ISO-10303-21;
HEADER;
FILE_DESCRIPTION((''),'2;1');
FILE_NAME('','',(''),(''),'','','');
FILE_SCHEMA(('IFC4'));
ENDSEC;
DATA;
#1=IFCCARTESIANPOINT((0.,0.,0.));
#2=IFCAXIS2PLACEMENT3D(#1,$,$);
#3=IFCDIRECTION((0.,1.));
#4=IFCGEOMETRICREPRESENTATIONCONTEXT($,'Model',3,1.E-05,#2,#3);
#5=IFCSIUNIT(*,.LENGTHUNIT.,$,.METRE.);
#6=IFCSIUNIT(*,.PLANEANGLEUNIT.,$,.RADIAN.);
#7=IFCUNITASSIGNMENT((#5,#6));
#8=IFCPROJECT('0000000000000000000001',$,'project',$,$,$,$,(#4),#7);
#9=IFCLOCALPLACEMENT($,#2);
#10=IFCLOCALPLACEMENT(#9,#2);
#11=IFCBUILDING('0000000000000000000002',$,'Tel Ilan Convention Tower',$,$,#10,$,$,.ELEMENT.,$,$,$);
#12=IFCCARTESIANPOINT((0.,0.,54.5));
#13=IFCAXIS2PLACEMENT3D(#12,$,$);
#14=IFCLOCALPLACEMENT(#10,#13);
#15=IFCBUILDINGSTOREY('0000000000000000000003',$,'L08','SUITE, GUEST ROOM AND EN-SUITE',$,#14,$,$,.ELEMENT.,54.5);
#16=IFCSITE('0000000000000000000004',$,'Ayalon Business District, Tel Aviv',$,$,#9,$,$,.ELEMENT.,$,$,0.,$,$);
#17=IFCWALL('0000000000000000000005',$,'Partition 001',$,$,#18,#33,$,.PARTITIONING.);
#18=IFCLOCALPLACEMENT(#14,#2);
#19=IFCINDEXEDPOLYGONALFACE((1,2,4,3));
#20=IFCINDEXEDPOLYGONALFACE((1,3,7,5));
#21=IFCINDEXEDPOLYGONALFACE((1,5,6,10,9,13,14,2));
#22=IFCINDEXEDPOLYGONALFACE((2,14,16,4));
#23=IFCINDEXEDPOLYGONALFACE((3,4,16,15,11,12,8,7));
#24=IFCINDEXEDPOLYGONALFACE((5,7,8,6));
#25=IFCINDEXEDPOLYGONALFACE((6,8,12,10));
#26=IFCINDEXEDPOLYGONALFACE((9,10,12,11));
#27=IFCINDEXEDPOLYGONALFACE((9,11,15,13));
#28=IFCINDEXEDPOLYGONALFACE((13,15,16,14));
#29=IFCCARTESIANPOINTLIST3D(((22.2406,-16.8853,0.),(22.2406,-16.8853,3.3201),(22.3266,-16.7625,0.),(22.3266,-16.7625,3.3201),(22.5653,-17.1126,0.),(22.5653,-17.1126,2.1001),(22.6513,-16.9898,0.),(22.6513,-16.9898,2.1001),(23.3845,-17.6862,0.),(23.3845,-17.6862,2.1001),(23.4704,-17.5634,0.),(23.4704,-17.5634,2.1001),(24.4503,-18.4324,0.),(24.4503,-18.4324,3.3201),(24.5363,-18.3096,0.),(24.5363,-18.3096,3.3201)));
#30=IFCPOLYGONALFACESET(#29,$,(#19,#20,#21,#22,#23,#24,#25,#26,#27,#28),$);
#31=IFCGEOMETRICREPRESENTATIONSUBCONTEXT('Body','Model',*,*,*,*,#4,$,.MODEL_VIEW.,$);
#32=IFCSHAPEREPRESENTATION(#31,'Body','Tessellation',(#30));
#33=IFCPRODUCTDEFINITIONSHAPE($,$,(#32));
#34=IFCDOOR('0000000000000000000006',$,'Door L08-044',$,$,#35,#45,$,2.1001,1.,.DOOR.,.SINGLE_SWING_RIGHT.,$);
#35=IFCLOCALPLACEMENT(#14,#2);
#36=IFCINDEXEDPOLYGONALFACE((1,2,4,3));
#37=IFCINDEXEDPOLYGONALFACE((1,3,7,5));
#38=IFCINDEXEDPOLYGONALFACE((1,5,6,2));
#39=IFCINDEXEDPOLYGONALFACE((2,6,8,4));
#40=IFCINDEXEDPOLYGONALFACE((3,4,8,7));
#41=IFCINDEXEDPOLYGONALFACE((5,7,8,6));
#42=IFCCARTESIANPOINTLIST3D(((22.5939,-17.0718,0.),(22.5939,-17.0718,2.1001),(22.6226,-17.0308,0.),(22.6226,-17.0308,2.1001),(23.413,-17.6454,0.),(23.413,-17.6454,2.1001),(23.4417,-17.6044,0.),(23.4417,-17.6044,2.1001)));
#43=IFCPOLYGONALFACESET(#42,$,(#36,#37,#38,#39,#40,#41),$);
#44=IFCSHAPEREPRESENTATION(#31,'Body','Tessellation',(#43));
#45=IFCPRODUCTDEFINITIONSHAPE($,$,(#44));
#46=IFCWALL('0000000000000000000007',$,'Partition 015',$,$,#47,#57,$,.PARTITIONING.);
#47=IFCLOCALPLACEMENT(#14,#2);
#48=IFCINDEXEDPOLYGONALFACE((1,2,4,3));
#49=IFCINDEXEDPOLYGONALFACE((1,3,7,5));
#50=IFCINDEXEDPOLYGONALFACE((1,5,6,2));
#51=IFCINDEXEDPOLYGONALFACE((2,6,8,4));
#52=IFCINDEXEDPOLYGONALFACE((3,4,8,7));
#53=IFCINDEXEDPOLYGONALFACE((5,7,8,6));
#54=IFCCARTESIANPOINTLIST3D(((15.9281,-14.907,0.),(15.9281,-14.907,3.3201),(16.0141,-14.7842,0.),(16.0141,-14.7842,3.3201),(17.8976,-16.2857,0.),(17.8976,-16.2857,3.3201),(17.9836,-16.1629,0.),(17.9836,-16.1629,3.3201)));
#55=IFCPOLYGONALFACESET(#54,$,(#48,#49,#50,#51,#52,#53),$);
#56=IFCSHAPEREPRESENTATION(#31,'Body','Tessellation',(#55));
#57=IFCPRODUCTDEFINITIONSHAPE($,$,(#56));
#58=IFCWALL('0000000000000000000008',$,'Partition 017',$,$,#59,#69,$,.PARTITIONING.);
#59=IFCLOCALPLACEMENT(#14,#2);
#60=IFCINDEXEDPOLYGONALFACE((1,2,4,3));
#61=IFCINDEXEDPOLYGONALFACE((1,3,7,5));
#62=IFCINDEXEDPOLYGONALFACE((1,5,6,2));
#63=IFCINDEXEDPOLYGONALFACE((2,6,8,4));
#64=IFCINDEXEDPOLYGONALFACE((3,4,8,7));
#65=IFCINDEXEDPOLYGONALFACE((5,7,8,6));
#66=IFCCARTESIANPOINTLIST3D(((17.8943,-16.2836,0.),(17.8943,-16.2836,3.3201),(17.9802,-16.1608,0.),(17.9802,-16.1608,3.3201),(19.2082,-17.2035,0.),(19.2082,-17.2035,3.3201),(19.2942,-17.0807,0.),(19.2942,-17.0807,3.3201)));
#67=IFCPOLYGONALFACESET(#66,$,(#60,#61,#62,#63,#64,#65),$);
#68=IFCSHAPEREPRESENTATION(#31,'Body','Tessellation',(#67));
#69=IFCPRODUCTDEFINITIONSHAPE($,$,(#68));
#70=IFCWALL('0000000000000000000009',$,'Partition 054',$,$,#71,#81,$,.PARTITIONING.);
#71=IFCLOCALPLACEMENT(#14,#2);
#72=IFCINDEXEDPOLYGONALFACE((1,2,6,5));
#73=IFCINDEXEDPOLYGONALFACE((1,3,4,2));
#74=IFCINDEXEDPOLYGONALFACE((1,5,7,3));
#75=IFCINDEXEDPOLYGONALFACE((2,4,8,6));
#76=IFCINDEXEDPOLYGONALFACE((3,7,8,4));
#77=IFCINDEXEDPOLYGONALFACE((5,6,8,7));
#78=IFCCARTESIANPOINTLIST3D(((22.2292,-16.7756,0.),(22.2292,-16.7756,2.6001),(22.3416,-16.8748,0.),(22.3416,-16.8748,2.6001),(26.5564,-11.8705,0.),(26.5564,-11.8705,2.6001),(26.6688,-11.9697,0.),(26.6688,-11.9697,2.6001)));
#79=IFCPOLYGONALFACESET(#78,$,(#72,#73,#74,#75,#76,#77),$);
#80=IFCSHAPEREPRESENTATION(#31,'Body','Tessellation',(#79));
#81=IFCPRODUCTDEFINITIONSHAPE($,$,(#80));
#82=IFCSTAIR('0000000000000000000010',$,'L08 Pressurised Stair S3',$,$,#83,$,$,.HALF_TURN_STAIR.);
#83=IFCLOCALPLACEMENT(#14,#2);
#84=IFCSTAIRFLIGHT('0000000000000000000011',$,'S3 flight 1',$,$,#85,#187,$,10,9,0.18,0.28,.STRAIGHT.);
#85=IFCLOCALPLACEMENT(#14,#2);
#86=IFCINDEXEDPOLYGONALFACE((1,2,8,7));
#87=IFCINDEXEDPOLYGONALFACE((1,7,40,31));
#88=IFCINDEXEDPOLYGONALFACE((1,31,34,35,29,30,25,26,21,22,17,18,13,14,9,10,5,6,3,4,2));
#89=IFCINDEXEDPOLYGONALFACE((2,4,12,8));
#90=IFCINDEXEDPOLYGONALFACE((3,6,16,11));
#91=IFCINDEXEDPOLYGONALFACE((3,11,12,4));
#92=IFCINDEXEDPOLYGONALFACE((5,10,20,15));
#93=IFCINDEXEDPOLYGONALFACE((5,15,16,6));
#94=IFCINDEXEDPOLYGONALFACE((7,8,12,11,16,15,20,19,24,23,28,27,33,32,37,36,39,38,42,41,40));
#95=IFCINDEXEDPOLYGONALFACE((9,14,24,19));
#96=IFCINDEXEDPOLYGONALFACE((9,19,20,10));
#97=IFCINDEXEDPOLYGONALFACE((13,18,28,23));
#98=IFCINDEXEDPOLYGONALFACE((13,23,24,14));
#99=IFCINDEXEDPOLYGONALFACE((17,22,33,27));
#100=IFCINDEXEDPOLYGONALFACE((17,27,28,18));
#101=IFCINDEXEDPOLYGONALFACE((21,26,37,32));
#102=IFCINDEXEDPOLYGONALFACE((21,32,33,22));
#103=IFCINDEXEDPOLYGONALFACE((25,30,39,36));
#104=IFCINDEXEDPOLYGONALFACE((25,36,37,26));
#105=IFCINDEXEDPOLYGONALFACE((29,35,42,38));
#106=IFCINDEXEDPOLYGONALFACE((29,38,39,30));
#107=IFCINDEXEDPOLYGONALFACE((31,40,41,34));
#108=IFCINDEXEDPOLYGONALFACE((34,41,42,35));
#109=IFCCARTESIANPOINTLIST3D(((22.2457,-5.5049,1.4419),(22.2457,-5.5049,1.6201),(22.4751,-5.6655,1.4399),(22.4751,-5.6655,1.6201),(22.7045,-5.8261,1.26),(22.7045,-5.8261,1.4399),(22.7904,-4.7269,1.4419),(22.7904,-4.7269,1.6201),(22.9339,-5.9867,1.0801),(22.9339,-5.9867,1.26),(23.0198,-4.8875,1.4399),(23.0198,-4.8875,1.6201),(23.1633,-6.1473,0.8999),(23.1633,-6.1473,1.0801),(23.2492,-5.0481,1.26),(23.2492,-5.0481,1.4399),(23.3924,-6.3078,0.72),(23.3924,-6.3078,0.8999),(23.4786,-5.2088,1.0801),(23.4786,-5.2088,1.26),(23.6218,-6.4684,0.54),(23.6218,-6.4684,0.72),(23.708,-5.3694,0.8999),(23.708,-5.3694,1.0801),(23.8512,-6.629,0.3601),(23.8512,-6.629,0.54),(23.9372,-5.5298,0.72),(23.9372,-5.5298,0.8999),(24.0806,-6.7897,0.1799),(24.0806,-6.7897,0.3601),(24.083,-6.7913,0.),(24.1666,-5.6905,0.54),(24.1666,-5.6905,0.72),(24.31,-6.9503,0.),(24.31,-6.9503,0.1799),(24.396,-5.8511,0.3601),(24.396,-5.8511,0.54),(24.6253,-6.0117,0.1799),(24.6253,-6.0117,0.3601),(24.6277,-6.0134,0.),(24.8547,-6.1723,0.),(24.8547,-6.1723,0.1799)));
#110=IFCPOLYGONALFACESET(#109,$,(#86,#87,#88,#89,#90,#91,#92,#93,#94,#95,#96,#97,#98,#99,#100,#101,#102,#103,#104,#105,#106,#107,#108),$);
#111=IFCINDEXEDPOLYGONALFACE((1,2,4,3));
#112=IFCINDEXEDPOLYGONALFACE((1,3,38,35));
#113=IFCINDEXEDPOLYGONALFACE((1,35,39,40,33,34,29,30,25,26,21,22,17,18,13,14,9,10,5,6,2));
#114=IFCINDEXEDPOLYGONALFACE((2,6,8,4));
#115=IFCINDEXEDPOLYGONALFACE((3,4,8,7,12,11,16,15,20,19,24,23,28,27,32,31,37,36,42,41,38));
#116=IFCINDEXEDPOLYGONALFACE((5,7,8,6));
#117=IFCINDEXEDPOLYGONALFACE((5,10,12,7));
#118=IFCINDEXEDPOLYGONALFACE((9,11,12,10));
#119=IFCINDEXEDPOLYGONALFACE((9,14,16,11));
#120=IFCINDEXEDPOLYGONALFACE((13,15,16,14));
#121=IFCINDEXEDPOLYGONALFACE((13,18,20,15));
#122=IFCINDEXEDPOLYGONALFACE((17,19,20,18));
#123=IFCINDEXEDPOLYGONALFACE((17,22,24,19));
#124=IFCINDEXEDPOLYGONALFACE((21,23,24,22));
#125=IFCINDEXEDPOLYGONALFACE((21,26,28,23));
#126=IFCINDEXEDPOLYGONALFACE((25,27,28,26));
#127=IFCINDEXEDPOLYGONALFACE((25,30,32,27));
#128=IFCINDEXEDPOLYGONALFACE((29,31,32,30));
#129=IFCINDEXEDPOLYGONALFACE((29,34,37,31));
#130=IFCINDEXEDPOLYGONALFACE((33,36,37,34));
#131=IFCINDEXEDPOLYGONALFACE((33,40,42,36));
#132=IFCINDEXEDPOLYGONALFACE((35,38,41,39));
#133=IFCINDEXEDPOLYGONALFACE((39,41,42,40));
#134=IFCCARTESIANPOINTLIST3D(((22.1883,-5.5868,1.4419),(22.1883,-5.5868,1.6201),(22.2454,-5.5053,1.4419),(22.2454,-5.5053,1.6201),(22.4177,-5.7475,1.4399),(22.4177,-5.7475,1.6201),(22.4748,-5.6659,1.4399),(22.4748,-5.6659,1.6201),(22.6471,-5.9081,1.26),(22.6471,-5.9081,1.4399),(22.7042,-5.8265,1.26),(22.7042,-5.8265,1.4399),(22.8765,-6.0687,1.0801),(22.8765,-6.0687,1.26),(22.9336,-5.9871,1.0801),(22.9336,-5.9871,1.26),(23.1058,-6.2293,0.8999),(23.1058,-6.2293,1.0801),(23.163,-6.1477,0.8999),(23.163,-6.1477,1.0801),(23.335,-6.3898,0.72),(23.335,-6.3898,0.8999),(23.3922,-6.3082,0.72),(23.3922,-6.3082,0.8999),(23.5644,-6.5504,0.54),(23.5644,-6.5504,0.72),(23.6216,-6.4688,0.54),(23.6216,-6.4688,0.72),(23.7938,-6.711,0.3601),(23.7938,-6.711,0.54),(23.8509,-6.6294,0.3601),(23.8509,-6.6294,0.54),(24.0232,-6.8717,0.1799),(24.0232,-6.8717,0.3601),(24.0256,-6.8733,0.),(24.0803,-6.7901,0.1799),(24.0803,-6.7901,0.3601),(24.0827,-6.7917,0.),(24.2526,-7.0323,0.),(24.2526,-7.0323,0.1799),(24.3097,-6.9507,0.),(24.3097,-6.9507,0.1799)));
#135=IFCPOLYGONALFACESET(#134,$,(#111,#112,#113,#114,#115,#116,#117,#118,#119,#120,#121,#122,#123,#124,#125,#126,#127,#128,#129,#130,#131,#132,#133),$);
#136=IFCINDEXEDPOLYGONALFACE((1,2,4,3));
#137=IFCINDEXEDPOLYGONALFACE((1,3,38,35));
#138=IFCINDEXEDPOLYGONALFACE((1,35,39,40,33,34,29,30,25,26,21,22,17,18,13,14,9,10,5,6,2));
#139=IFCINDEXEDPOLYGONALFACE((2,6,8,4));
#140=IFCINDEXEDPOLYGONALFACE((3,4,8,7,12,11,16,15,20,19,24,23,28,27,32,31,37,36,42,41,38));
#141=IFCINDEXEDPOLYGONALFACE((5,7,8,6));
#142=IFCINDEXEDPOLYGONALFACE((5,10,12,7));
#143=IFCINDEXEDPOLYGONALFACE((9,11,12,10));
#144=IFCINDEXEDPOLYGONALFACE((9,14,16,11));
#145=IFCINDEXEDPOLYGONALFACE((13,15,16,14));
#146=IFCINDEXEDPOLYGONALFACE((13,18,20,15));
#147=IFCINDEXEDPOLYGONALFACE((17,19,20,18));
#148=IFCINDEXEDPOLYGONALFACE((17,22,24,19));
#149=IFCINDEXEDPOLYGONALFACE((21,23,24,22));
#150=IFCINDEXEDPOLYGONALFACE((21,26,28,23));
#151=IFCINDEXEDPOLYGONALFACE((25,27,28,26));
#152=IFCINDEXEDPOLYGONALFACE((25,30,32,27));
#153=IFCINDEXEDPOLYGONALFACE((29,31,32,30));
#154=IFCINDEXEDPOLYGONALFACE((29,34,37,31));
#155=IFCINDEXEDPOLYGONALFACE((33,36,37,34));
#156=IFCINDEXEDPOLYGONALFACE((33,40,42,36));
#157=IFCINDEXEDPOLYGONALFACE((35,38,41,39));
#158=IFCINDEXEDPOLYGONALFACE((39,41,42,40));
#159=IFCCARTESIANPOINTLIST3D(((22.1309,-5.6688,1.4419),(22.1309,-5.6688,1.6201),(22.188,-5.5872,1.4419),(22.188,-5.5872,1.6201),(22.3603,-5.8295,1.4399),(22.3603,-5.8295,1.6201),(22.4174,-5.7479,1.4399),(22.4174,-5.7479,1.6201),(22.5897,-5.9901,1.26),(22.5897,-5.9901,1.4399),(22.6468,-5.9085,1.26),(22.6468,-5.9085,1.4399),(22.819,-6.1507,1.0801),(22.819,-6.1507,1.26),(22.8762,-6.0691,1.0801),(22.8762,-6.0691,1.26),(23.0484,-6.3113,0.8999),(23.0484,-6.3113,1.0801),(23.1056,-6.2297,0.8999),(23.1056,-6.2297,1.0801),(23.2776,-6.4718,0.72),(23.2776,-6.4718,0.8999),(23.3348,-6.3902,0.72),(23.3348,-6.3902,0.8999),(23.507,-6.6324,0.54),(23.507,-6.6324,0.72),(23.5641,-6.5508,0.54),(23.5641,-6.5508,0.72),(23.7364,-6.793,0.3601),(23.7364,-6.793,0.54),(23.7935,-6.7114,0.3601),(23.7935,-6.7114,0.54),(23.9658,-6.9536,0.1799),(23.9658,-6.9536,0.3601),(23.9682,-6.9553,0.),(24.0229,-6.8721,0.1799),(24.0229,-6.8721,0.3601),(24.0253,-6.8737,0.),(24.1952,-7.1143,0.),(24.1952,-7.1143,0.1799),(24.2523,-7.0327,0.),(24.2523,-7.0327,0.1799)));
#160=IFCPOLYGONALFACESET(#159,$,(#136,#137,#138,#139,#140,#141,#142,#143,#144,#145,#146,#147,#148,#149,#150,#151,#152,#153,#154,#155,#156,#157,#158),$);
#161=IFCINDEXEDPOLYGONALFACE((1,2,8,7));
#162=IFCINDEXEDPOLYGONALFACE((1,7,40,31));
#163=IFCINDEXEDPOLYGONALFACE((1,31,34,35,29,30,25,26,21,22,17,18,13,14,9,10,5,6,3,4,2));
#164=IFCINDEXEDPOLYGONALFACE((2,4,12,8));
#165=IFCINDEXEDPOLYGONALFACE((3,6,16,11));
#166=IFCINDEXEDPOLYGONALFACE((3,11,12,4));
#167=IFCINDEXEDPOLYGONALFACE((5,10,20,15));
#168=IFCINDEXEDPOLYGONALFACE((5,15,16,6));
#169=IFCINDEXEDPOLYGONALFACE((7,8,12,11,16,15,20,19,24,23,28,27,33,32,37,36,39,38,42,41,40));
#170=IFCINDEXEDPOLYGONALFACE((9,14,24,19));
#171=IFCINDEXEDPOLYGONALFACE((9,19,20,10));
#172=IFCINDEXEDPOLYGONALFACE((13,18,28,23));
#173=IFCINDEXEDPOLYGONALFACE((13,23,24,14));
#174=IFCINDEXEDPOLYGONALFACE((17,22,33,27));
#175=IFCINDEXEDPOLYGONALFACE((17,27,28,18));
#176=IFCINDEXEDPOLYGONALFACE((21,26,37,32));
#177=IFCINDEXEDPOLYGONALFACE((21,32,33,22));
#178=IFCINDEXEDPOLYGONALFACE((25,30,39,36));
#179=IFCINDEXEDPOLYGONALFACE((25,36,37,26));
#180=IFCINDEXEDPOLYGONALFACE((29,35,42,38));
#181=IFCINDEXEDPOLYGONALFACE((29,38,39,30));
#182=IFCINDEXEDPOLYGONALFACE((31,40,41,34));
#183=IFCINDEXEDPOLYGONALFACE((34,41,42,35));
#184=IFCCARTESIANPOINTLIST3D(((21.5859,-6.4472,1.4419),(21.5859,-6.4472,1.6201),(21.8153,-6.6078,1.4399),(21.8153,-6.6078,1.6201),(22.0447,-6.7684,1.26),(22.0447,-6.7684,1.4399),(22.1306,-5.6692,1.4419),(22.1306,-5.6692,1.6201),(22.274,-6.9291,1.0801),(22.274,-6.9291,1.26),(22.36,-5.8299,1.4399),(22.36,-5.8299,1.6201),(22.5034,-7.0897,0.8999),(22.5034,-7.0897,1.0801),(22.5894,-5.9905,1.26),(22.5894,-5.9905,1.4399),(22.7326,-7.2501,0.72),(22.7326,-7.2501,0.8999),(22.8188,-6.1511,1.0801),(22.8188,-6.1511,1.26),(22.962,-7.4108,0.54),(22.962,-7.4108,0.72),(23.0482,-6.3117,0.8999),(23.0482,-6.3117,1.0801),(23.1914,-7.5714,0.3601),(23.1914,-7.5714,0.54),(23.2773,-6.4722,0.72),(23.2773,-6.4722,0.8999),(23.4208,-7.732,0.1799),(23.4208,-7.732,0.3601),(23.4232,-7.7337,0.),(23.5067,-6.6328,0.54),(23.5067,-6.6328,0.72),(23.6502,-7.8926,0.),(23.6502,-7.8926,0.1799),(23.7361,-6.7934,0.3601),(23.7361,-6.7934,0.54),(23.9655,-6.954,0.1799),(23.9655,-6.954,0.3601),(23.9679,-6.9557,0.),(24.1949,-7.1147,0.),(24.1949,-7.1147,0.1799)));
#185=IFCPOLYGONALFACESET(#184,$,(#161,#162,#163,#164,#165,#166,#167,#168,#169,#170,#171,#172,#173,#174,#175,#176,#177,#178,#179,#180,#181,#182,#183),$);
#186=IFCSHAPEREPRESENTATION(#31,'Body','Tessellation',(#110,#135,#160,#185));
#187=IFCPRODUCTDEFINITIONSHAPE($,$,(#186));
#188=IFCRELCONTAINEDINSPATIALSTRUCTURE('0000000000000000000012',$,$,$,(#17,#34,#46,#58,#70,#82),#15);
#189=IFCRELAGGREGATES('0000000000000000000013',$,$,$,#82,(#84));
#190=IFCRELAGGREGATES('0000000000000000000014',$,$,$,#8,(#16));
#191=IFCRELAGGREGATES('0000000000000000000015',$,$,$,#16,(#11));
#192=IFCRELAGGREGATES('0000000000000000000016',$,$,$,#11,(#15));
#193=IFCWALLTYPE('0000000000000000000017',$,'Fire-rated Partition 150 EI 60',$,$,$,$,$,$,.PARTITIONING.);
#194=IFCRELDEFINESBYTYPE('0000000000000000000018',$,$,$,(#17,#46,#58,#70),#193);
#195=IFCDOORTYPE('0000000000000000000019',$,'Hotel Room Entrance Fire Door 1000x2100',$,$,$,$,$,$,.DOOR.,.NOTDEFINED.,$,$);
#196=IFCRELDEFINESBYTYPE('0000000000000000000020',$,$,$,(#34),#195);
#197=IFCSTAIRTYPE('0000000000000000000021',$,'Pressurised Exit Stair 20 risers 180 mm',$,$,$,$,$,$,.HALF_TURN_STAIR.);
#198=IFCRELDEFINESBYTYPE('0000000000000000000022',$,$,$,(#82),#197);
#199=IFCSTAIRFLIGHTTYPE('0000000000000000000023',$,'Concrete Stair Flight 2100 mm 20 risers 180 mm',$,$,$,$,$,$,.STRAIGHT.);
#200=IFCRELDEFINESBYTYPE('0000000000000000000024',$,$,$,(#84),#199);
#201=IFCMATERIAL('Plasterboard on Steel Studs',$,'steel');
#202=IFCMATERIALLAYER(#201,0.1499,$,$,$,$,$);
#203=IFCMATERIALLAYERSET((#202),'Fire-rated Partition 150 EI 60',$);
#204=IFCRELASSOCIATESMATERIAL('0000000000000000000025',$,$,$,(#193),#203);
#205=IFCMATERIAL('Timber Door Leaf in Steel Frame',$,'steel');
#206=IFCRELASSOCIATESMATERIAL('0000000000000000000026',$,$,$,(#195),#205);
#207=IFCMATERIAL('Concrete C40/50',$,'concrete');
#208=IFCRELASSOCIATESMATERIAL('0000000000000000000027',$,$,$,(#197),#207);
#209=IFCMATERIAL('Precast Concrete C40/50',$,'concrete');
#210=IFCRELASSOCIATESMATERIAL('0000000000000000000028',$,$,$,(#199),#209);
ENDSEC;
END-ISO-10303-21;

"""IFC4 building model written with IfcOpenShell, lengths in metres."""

from ifc_helpers import new_model, si_unit, direction, frame, frame_2d, origin, place, context, subcontext, project, spatial, polyline, rectangle, outline, extrude, material, layer, layer_set, type_object, element, fill, aggregate, save


model = new_model("IFC4")

# Units and contexts
model_context = context("Model", 3, precision=1e-05, world=origin(), true_north=direction((0.0, 1.0)))
body_context = subcontext(model_context, "Body", "Model", "MODEL_VIEW")
ifc_project = project(units=[si_unit("LENGTHUNIT", "METRE"), si_unit("PLANEANGLEUNIT", "RADIAN")], contexts=[model_context])

# Site, building, storey
site_placement = place(None, origin())
site = spatial("IfcSite", under=ifc_project, at=site_placement, Name="Ayalon Business District, Tel Aviv", CompositionType="ELEMENT", RefElevation=0.0)
building_placement = place(site_placement, origin())
building = spatial("IfcBuilding", under=site, at=building_placement, Name="Tel Ilan Convention Tower", CompositionType="ELEMENT")
storey_placement = place(building_placement, frame((0.0, 0.0, 54.5)))
storey = spatial("IfcBuildingStorey", under=building, at=storey_placement, Name="L08", Description="SUITE, GUEST ROOM AND EN-SUITE", CompositionType="ELEMENT", Elevation=54.5)

# Wall, opening, door
ifc_material_1 = material(Name="Plasterboard on Steel Studs", Category="steel")
ifc_layer_1 = layer(ifc_material_1, 0.1499)
ifc_layer_set_1 = layer_set([ifc_layer_1], Name="Fire-rated Partition 150 EI 60")
wall_type_1 = type_object("IfcWallType", Name="Fire-rated Partition 150 EI 60", PredefinedType="PARTITIONING", material=ifc_layer_set_1)
wall_1_placement = place(storey_placement, frame((22.2837, -16.824, 0.0), z_axis=(0.0, 0.0, 1.0), x_axis=(0.819177, -0.573541, 0.0)))
wall_1 = element("IfcWall", 1, at=wall_1_placement, inside=storey, type_object=wall_type_1, Name="Partition 001", PredefinedType="PARTITIONING", context=body_context, shape_type="SweptSolid", body=[
    extrude(rectangle(XDim=2.6975, YDim=0.1499, at=frame_2d((1.3486, 0.0))), origin(), (0.0, 0.0, 1.0), 3.3201),
])
opening_1_placement = place(wall_1_placement, frame((0.3962, 0.0, 0.0)))
opening_1 = element("IfcOpeningElement", 2, at=opening_1_placement, cuts=wall_1, PredefinedType="OPENING", context=body_context, shape_type="SweptSolid", body=[
    extrude(rectangle(XDim=1.0, YDim=2.1001, at=frame_2d((0.5, 1.05))), frame((0.0, 0.085, 0.0), z_axis=(0.0, -1.0, 0.0), x_axis=(1.0, 0.0, 0.0)), (0.0, 0.0, 1.0), 0.1699),
])
ifc_material_2 = material(Name="Timber Door Leaf in Steel Frame", Category="steel")
door_type_1 = type_object("IfcDoorType", Name="Hotel Room Entrance Fire Door 1000x2100", OperationType="NOTDEFINED", PredefinedType="DOOR", material=ifc_material_2)
door_1_placement = place(opening_1_placement, origin())
door_1 = element("IfcDoor", 3, at=door_1_placement, inside=storey, type_object=door_type_1, Name="Door L08-044", OperationType="SINGLE_SWING_RIGHT", OverallHeight=2.1001, OverallWidth=1.0, PredefinedType="DOOR", context=body_context, shape_type="SweptSolid", body=[
    extrude(rectangle(XDim=1.0, YDim=2.1001, at=frame_2d((0.5, 1.05))), frame((0.0, 0.0249, 0.0), z_axis=(0.0, -1.0, 0.0), x_axis=(1.0, 0.0, 0.0)), (0.0, 0.0, 1.0), 0.05),
])
fill(opening_1, door_1)

# Walls
wall_2_placement = place(storey_placement, frame((17.9407, -16.2244, 0.0), z_axis=(0.0, 0.0, 1.0), x_axis=(-0.819227, 0.573469, 0.0)))
element("IfcWall", 4, at=wall_2_placement, inside=storey, type_object=wall_type_1, Name="Partition 015", PredefinedType="PARTITIONING", context=body_context, shape_type="SweptSolid", body=[
    extrude(rectangle(XDim=2.4041, YDim=0.1499, at=frame_2d((1.2021, 0.0))), origin(), (0.0, 0.0, 1.0), 3.3201),
])
wall_3_placement = place(storey_placement, frame((19.2512, -17.1421, 0.0), z_axis=(0.0, 0.0, 1.0), x_axis=(-0.819189, 0.573524, 0.0)))
element("IfcWall", 5, at=wall_3_placement, inside=storey, type_object=wall_type_1, Name="Partition 017", PredefinedType="PARTITIONING", context=body_context, shape_type="SweptSolid", body=[
    extrude(rectangle(XDim=1.604, YDim=0.1499, at=frame_2d((0.802, 0.0))), origin(), (0.0, 0.0, 1.0), 3.3201),
])
wall_4_placement = place(storey_placement, frame((22.2854, -16.8252, 0.0), z_axis=(0.0, 0.0, 1.0), x_axis=(0.661551, 0.7499, 0.0)))
element("IfcWall", 6, at=wall_4_placement, inside=storey, type_object=wall_type_1, Name="Partition 054", PredefinedType="PARTITIONING", context=body_context, shape_type="SweptSolid", body=[
    extrude(rectangle(XDim=6.541, YDim=0.1499, at=frame_2d((3.2705, 0.0))), origin(), (0.0, 0.0, 1.0), 2.6001),
])

# Stair, stair flight
ifc_material_3 = material(Name="Concrete C40/50", Category="concrete")
stair_type = type_object("IfcStairType", Name="Pressurised Exit Stair 20 risers 180 mm", PredefinedType="HALF_TURN_STAIR", material=ifc_material_3)
stair_1_placement = place(storey_placement, origin())
stair_1 = element("IfcStair", 7, at=stair_1_placement, inside=storey, type_object=stair_type, Name="L08 Pressurised Stair S3", PredefinedType="HALF_TURN_STAIR")
ifc_material_4 = material(Name="Precast Concrete C40/50", Category="concrete")
stair_flight_type = type_object("IfcStairFlightType", Name="Concrete Stair Flight 2100 mm 20 risers 180 mm", PredefinedType="STRAIGHT", material=ifc_material_4)
stair_flight_1_placement = place(storey_placement, frame((24.2524, -7.0325, 0.0), z_axis=(0.0, 0.0, 1.0), x_axis=(-0.819152, 0.573576, 0.0)))
stair_flight_1 = element("IfcStairFlight", 8, at=stair_flight_1_placement, type_object=stair_flight_type, Name="S3 flight 1", NumberOfRisers=10, NumberOfTreads=9, PredefinedType="STRAIGHT", RiserHeight=0.18, TreadLength=0.28, context=body_context, shape_type="SweptSolid", body=[
    extrude(outline(polyline([(0.0, 0.0), (0.0, 0.1799), (0.28, 0.1799), (0.28, 0.3601), (0.5601, 0.3601), (0.5601, 0.54), (0.8401, 0.54), (0.8401, 0.72), (1.1201, 0.72), (1.1201, 0.8999), (1.3999, 0.8999), (1.3999, 1.0801), (1.6799, 1.0801), (1.6799, 1.26), (1.96, 1.26), (1.96, 1.4399), (2.24, 1.4399), (2.24, 1.6201), (2.52, 1.6201), (2.52, 1.8), (2.52, 1.4419), (0.2771, 0.0), (0.0, 0.0)])), frame((0.0, -0.1003, 0.0), z_axis=(0.0, -1.0, 0.0), x_axis=(1.0, 0.0, 0.0)), (0.0, 0.0, 1.0), 0.9497),
    extrude(outline(polyline([(0.0, 0.0), (0.0, 0.1799), (0.28, 0.1799), (0.28, 0.3601), (0.5601, 0.3601), (0.5601, 0.54), (0.8401, 0.54), (0.8401, 0.72), (1.1201, 0.72), (1.1201, 0.8999), (1.3999, 0.8999), (1.3999, 1.0801), (1.6799, 1.0801), (1.6799, 1.26), (1.96, 1.26), (1.96, 1.4399), (2.24, 1.4399), (2.24, 1.6201), (2.52, 1.6201), (2.52, 1.8), (2.52, 1.4419), (0.2771, 0.0), (0.0, 0.0)])), frame((0.0, -0.0002, 0.0), z_axis=(0.0, -1.0, 0.0), x_axis=(1.0, 0.0, 0.0)), (0.0, 0.0, 1.0), 0.0996),
    extrude(outline(polyline([(0.0, 0.0), (0.0, 0.1799), (0.28, 0.1799), (0.28, 0.3601), (0.5601, 0.3601), (0.5601, 0.54), (0.8401, 0.54), (0.8401, 0.72), (1.1201, 0.72), (1.1201, 0.8999), (1.3999, 0.8999), (1.3999, 1.0801), (1.6799, 1.0801), (1.6799, 1.26), (1.96, 1.26), (1.96, 1.4399), (2.24, 1.4399), (2.24, 1.6201), (2.52, 1.6201), (2.52, 1.8), (2.52, 1.4419), (0.2771, 0.0), (0.0, 0.0)])), frame((0.0, 0.0999, 0.0), z_axis=(0.0, -1.0, 0.0), x_axis=(1.0, 0.0, 0.0)), (0.0, 0.0, 1.0), 0.0996),
    extrude(outline(polyline([(0.0, 0.0), (0.0, 0.1799), (0.28, 0.1799), (0.28, 0.3601), (0.5601, 0.3601), (0.5601, 0.54), (0.8401, 0.54), (0.8401, 0.72), (1.1201, 0.72), (1.1201, 0.8999), (1.3999, 0.8999), (1.3999, 1.0801), (1.6799, 1.0801), (1.6799, 1.26), (1.96, 1.26), (1.96, 1.4399), (2.24, 1.4399), (2.24, 1.6201), (2.52, 1.6201), (2.52, 1.8), (2.52, 1.4419), (0.2771, 0.0), (0.0, 0.0)])), frame((0.0, 1.05, 0.0), z_axis=(0.0, -1.0, 0.0), x_axis=(1.0, 0.0, 0.0)), (0.0, 0.0, 1.0), 0.9497),
])
aggregate(stair_1, [stair_flight_1])

save(model, "model.ifc")
